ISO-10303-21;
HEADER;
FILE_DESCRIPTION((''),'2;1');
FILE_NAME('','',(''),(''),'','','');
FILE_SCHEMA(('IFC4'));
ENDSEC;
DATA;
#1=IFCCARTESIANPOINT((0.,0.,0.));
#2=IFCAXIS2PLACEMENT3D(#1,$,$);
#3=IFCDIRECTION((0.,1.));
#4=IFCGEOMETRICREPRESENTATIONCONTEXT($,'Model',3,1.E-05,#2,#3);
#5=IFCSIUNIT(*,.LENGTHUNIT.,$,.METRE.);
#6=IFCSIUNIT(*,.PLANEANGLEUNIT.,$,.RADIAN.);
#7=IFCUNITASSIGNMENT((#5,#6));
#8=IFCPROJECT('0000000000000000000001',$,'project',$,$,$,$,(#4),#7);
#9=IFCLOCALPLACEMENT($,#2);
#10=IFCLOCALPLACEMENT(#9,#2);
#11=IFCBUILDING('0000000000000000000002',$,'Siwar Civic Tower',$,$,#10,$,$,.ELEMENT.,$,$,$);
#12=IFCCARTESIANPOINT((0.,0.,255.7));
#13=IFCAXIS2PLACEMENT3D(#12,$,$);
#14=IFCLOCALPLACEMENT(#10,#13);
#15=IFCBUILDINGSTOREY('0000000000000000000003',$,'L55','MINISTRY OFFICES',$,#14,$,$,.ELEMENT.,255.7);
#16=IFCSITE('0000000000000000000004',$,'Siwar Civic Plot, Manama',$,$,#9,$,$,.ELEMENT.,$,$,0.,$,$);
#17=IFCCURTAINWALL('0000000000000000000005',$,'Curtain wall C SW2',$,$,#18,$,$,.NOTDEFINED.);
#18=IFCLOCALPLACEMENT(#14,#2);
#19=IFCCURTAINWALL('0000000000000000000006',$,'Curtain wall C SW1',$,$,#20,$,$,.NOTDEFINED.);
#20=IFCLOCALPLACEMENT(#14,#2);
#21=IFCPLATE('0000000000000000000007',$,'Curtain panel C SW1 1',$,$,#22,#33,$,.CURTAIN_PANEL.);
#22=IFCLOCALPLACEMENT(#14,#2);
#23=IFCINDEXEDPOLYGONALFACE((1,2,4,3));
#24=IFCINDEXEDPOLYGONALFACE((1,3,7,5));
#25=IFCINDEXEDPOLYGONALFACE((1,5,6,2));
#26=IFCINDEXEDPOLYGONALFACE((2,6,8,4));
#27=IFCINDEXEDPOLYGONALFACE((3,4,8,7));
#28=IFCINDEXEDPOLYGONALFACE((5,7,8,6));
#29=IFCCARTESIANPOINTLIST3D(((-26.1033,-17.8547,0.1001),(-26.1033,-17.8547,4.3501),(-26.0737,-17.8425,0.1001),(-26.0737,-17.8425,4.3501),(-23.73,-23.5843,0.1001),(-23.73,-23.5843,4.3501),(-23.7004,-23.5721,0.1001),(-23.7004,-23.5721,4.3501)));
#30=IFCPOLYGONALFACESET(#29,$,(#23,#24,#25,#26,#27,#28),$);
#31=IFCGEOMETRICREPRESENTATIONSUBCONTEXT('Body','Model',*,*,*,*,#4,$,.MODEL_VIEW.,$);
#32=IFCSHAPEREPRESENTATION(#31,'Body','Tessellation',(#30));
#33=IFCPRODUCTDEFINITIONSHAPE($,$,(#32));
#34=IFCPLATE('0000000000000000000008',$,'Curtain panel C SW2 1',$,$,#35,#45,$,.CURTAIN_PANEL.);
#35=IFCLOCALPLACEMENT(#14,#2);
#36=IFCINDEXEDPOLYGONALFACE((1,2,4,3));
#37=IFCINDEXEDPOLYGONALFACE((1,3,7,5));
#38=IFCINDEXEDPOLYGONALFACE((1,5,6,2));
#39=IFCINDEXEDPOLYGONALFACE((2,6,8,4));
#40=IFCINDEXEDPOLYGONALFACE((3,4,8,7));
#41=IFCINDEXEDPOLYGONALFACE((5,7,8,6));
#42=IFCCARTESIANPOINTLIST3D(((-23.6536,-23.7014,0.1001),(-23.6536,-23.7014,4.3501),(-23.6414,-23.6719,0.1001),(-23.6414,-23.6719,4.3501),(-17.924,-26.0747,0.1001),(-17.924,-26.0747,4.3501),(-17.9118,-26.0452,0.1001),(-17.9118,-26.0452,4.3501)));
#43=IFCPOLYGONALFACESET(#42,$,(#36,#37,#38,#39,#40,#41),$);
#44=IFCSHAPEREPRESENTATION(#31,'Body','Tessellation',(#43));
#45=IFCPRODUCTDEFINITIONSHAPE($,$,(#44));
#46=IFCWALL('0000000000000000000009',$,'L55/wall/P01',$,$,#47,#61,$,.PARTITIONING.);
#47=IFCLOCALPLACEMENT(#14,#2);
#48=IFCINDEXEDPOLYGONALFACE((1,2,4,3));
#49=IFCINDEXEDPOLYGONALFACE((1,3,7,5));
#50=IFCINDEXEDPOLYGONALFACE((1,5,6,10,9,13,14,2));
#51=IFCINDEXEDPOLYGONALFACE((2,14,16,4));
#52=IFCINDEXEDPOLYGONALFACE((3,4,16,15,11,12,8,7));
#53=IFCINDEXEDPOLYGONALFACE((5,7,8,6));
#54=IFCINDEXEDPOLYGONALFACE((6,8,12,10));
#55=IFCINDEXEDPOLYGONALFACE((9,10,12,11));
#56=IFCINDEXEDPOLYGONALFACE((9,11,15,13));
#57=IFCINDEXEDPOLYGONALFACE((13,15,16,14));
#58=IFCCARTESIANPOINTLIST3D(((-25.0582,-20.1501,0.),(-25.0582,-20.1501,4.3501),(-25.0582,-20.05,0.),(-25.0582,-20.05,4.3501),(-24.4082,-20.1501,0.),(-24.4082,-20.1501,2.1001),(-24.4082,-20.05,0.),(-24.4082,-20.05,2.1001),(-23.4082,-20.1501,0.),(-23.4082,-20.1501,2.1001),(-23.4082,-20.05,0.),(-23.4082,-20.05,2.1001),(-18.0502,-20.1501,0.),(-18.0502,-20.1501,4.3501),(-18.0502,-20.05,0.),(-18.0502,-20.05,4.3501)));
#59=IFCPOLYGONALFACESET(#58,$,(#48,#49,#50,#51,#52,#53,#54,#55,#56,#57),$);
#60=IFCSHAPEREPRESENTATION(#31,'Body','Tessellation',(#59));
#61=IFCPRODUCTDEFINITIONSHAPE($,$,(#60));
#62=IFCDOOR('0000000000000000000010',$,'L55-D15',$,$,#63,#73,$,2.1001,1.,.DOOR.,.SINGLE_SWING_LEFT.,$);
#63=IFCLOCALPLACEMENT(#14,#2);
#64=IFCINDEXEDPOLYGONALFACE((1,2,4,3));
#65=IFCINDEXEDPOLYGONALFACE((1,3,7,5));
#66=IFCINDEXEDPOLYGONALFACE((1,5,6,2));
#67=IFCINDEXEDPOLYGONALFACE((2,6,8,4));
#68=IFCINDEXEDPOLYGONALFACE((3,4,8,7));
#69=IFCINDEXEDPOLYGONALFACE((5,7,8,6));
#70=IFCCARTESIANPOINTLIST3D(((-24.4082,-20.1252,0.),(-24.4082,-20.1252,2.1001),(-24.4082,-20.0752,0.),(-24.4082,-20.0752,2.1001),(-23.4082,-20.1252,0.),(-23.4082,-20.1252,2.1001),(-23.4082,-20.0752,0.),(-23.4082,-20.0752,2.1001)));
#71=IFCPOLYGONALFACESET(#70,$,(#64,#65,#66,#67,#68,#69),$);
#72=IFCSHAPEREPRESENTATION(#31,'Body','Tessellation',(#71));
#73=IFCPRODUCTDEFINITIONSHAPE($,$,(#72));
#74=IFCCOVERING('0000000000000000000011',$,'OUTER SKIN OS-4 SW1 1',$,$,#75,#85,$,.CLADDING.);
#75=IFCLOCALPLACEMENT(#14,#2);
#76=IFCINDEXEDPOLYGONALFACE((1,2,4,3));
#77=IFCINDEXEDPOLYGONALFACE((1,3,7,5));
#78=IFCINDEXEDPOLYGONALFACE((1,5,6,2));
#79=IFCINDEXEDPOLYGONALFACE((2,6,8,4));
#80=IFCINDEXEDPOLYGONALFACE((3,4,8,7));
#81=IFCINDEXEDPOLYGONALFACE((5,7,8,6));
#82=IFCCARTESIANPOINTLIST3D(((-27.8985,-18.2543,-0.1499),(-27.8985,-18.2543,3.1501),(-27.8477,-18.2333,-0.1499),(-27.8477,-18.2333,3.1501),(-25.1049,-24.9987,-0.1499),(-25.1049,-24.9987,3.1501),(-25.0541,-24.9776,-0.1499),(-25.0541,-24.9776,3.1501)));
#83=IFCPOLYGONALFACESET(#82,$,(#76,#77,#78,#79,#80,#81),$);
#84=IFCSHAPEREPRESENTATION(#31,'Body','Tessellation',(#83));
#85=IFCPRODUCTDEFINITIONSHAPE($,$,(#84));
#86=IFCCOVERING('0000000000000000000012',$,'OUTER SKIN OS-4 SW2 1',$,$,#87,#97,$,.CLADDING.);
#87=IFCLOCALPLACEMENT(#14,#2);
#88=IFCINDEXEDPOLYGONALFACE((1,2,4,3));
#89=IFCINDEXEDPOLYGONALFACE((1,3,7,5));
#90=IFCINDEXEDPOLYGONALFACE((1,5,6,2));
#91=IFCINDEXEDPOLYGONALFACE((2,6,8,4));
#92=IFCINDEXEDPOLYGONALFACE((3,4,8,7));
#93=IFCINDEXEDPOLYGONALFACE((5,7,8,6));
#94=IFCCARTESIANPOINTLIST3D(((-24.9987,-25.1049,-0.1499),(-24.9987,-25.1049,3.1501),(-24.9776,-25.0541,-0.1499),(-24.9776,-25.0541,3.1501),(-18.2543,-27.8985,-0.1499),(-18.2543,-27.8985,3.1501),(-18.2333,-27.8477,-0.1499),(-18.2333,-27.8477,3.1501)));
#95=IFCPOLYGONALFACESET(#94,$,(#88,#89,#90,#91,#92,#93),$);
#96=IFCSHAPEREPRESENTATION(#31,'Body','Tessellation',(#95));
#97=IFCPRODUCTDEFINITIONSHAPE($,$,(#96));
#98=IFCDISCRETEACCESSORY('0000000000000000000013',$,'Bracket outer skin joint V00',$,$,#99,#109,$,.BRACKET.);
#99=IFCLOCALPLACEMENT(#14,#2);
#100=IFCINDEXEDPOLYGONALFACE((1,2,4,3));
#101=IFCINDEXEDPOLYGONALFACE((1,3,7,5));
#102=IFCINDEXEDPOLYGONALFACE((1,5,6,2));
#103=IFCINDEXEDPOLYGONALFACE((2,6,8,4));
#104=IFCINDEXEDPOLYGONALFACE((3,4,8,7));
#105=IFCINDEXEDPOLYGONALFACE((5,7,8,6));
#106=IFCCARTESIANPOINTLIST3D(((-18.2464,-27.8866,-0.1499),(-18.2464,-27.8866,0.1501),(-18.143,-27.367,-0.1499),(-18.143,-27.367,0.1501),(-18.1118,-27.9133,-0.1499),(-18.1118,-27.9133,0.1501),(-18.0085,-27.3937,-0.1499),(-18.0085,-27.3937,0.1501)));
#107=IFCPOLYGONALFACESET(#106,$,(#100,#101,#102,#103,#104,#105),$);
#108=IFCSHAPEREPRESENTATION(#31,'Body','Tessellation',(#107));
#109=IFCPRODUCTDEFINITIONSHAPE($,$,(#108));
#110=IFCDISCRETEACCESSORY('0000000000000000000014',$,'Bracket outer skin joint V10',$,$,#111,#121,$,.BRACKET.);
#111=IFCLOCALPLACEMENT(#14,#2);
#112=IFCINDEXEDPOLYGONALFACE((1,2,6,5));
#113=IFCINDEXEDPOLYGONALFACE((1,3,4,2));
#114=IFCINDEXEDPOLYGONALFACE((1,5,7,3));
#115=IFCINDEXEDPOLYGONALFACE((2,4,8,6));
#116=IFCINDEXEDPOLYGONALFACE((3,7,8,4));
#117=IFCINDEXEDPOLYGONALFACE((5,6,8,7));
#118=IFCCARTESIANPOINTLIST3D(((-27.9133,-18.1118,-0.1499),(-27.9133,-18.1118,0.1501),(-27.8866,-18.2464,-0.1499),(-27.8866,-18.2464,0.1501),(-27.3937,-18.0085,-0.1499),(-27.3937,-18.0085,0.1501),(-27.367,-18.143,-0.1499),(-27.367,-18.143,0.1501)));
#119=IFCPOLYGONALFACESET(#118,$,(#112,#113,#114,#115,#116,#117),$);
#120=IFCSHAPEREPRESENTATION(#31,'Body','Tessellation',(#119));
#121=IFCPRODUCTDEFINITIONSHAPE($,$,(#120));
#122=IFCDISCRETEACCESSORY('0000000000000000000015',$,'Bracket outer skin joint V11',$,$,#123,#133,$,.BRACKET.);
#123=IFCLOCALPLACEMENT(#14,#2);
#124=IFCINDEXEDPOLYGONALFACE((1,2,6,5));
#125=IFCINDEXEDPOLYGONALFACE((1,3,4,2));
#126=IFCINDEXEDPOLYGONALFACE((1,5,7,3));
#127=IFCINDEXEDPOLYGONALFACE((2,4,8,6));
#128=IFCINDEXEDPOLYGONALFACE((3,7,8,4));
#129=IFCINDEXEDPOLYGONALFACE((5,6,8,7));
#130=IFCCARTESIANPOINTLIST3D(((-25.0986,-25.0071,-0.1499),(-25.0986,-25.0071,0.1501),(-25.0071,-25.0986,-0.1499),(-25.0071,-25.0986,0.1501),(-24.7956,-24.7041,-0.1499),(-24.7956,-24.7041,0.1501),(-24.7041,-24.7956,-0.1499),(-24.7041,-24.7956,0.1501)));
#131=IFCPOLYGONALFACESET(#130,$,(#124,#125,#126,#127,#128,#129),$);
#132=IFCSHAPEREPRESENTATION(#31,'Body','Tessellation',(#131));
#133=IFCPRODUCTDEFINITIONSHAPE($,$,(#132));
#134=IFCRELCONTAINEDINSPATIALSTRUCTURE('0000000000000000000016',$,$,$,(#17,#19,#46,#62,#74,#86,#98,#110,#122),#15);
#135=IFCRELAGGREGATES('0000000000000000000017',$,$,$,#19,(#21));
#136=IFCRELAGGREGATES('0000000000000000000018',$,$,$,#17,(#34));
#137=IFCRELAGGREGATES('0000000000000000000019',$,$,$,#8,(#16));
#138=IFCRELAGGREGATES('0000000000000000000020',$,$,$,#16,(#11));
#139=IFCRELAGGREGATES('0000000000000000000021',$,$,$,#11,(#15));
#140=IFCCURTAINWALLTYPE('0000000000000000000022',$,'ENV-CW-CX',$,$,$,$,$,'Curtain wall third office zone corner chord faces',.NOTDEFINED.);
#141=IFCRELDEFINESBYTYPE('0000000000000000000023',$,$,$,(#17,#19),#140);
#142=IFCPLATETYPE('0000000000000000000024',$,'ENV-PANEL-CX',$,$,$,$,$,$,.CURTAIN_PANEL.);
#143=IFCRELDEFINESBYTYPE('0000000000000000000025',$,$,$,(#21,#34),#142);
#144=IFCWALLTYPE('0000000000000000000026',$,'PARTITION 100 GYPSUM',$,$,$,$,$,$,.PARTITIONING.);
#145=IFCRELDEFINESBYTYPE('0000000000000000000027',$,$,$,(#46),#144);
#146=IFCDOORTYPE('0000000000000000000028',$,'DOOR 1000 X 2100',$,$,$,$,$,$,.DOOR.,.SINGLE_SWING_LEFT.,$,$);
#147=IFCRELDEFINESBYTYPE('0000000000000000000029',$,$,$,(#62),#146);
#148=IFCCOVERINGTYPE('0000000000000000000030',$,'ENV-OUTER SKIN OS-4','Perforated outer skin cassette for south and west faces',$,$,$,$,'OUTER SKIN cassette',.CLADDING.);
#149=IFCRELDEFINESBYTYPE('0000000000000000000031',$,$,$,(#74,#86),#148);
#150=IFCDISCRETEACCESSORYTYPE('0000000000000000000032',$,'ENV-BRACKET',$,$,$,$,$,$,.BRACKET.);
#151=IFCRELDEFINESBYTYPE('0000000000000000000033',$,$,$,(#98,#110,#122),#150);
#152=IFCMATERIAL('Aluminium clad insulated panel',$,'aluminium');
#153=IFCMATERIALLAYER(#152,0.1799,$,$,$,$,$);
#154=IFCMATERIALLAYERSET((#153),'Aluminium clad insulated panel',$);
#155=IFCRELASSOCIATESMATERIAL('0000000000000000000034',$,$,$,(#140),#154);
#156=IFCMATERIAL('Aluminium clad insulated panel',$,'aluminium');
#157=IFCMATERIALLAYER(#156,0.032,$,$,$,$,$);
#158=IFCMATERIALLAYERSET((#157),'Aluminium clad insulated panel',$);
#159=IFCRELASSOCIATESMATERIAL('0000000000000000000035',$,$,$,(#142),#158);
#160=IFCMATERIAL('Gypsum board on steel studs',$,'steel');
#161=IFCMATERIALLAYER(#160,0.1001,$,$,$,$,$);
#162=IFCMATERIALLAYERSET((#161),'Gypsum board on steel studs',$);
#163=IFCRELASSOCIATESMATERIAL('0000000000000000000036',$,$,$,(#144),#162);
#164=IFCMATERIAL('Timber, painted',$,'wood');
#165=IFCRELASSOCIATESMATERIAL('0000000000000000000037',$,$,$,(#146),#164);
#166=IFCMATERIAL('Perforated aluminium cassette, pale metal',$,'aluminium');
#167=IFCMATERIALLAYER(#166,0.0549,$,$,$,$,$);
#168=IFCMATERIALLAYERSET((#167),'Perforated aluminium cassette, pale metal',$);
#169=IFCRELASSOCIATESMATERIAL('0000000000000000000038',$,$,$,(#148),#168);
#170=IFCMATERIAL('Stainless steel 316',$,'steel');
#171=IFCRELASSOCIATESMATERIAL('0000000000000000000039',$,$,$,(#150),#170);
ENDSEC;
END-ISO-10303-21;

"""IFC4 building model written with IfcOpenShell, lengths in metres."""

from ifc_helpers import new_model, si_unit, direction, frame, frame_2d, origin, origin_2d, place, context, subcontext, project, spatial, rectangle, extrude, material, layer, layer_set, type_object, element, fill, aggregate, save


model = new_model("IFC4")

# Units and contexts
model_context = context("Model", 3, precision=1e-05, world=origin(), true_north=direction((0.0, 1.0)))
body_context = subcontext(model_context, "Body", "Model", "MODEL_VIEW")
ifc_project = project(units=[si_unit("LENGTHUNIT", "METRE"), si_unit("PLANEANGLEUNIT", "RADIAN")], contexts=[model_context])

# Site, building, storey
site_placement = place(None, origin())
site = spatial("IfcSite", under=ifc_project, at=site_placement, Name="Siwar Civic Plot, Manama", CompositionType="ELEMENT", RefElevation=0.0)
building_placement = place(site_placement, origin())
building = spatial("IfcBuilding", under=site, at=building_placement, Name="Siwar Civic Tower", CompositionType="ELEMENT")
storey_placement = place(building_placement, frame((0.0, 0.0, 255.7)))
storey = spatial("IfcBuildingStorey", under=building, at=storey_placement, Name="L55", Description="MINISTRY OFFICES", CompositionType="ELEMENT", Elevation=255.7)

# Curtain wall
ifc_material_1 = material(Name="Aluminium clad insulated panel", Category="aluminium")
ifc_layer_1 = layer(ifc_material_1, 0.1799)
ifc_layer_set_1 = layer_set([ifc_layer_1], Name="Aluminium clad insulated panel")
curtain_wall_type = type_object("IfcCurtainWallType", Name="ENV-CW-CX", ElementType="Curtain wall third office zone corner chord faces", PredefinedType="NOTDEFINED", material=ifc_layer_set_1)
curtain_wall_1_placement = place(storey_placement, origin())
curtain_wall_1 = element("IfcCurtainWall", 1, at=curtain_wall_1_placement, inside=storey, type_object=curtain_wall_type, Name="Curtain wall C SW2", PredefinedType="NOTDEFINED")

# Curtain wall, plate
curtain_wall_2_placement = place(storey_placement, origin())
curtain_wall_2 = element("IfcCurtainWall", 2, at=curtain_wall_2_placement, inside=storey, type_object=curtain_wall_type, Name="Curtain wall C SW1", PredefinedType="NOTDEFINED")
ifc_material_2 = material(Name="Aluminium clad insulated panel", Category="aluminium")
ifc_layer_2 = layer(ifc_material_2, 0.032)
ifc_layer_set_2 = layer_set([ifc_layer_2], Name="Aluminium clad insulated panel")
plate_type = type_object("IfcPlateType", Name="ENV-PANEL-CX", PredefinedType="CURTAIN_PANEL", material=ifc_layer_set_2)
plate_1_placement = place(storey_placement, frame((-24.9019, -20.7134, 0.1001), z_axis=(0.0, 0.0, 1.0), x_axis=(0.382683, -0.92388, 0.0)))
plate_1 = element("IfcPlate", 3, at=plate_1_placement, type_object=plate_type, Name="Curtain panel C SW1 1", PredefinedType="CURTAIN_PANEL", context=body_context, shape_type="SweptSolid", body=[
    extrude(rectangle(XDim=6.2017, YDim=0.032, at=origin_2d()), origin(), (0.0, 0.0, 1.0), 4.25),
])
aggregate(curtain_wall_2, [plate_1])

# Plate
plate_2_placement = place(storey_placement, frame((-20.7827, -24.8733, 0.1001), z_axis=(0.0, 0.0, 1.0), x_axis=(0.92388, -0.382683, 0.0)))
plate_2 = element("IfcPlate", 4, at=plate_2_placement, type_object=plate_type, Name="Curtain panel C SW2 1", PredefinedType="CURTAIN_PANEL", context=body_context, shape_type="SweptSolid", body=[
    extrude(rectangle(XDim=6.2017, YDim=0.032, at=origin_2d()), origin(), (0.0, 0.0, 1.0), 4.25),
])
aggregate(curtain_wall_1, [plate_2])

# Wall, opening, door
ifc_material_3 = material(Name="Gypsum board on steel studs", Category="steel")
ifc_layer_3 = layer(ifc_material_3, 0.1001)
ifc_layer_set_3 = layer_set([ifc_layer_3], Name="Gypsum board on steel studs")
wall_type = type_object("IfcWallType", Name="PARTITION 100 GYPSUM", PredefinedType="PARTITIONING", material=ifc_layer_set_3)
wall_placement = place(storey_placement, frame((-25.0581, -20.1001, 0.0), z_axis=(0.0, 0.0, 1.0), x_axis=(1.0, 0.0, 0.0)))
wall = element("IfcWall", 5, at=wall_placement, inside=storey, type_object=wall_type, Name="L55/wall/P01", PredefinedType="PARTITIONING", context=body_context, shape_type="SweptSolid", body=[
    extrude(rectangle(XDim=7.0081, YDim=0.1001, at=frame_2d((3.5039, 0.0))), origin(), (0.0, 0.0, 1.0), 4.3501),
])
opening_placement = place(wall_placement, frame((0.6499, 0.0, 0.0)))
opening = element("IfcOpeningElement", 6, at=opening_placement, cuts=wall, PredefinedType="OPENING", context=body_context, shape_type="SweptSolid", body=[
    extrude(rectangle(XDim=1.0, YDim=2.1001, at=frame_2d((0.5, 1.05))), frame((0.0, 0.0601, 0.0), z_axis=(0.0, -1.0, 0.0), x_axis=(1.0, 0.0, 0.0)), (0.0, 0.0, 1.0), 0.1201),
])
ifc_material_4 = material(Name="Timber, painted", Category="wood")
door_type = type_object("IfcDoorType", Name="DOOR 1000 X 2100", OperationType="SINGLE_SWING_LEFT", PredefinedType="DOOR", material=ifc_material_4)
door_placement = place(opening_placement, origin())
door = element("IfcDoor", 7, at=door_placement, inside=storey, type_object=door_type, Name="L55-D15", OperationType="SINGLE_SWING_LEFT", OverallHeight=2.1001, OverallWidth=1.0, PredefinedType="DOOR", context=body_context, shape_type="SweptSolid", body=[
    extrude(rectangle(XDim=1.0, YDim=2.1001, at=frame_2d((0.5, 1.05))), frame((0.0, 0.0249, 0.0), z_axis=(0.0, -1.0, 0.0), x_axis=(1.0, 0.0, 0.0)), (0.0, 0.0, 1.0), 0.05),
])
fill(opening, door)

# Coverings
ifc_material_5 = material(Name="Perforated aluminium cassette, pale metal", Category="aluminium")
ifc_layer_4 = layer(ifc_material_5, 0.0549)
ifc_layer_set_4 = layer_set([ifc_layer_4], Name="Perforated aluminium cassette, pale metal")
covering_type = type_object("IfcCoveringType", Name="ENV-OUTER SKIN OS-4", Description="Perforated outer skin cassette for south and west faces", ElementType="OUTER SKIN cassette", PredefinedType="CLADDING", material=ifc_layer_set_4)
for number, where, z_axis, x_axis, name in (
    (8, (-26.4763, -21.616, -0.1499), (0.0, 0.0, 1.0), (0.382683, -0.92388, 0.0), "OUTER SKIN OS-4 SW1 1"),
    (9, (-21.616, -26.4763, -0.1499), (0.0, 0.0, 1.0), (0.92388, -0.382683, 0.0), "OUTER SKIN OS-4 SW2 1"),
):
    element("IfcCovering", number, at=place(storey_placement, frame(where, z_axis=z_axis, x_axis=x_axis)), inside=storey, type_object=covering_type, Name=name, PredefinedType="CLADDING", context=body_context, shape_type="SweptSolid", body=[
        extrude(rectangle(XDim=7.3, YDim=0.0549, at=origin_2d()), origin(), (0.0, 0.0, 1.0), 3.3),
    ])

# Discrete accessories
ifc_material_6 = material(Name="Stainless steel 316", Category="steel")
discrete_accessory_type = type_object("IfcDiscreteAccessoryType", Name="ENV-BRACKET", PredefinedType="BRACKET", material=ifc_material_6)
for number, where, z_axis, x_axis, name in (
    (10, (-18.1274, -27.6401, -0.1499), (0.0, 0.0, 1.0), (-0.19509, -0.980785, 0.0), "Bracket outer skin joint V00"),
    (11, (-27.6401, -18.1274, -0.1499), (0.0, 0.0, 1.0), (-0.980785, -0.19509, 0.0), "Bracket outer skin joint V10"),
):
    element("IfcDiscreteAccessory", number, at=place(storey_placement, frame(where, z_axis=z_axis, x_axis=x_axis)), inside=storey, type_object=discrete_accessory_type, Name=name, PredefinedType="BRACKET", context=body_context, shape_type="SweptSolid", body=[
        extrude(rectangle(XDim=0.5298, YDim=0.1372, at=origin_2d()), origin(), (0.0, 0.0, 1.0), 0.3),
    ])
discrete_accessory_placement = place(storey_placement, frame((-24.9014, -24.9014, -0.1499), z_axis=(0.0, 0.0, 1.0), x_axis=(-0.707107, -0.707107, 0.0)))
element("IfcDiscreteAccessory", 12, at=discrete_accessory_placement, inside=storey, type_object=discrete_accessory_type, Name="Bracket outer skin joint V11", PredefinedType="BRACKET", context=body_context, shape_type="SweptSolid", body=[
    extrude(rectangle(XDim=0.4285, YDim=0.1294, at=origin_2d()), origin(), (0.0, 0.0, 1.0), 0.3),
])

save(model, "model.ifc")
